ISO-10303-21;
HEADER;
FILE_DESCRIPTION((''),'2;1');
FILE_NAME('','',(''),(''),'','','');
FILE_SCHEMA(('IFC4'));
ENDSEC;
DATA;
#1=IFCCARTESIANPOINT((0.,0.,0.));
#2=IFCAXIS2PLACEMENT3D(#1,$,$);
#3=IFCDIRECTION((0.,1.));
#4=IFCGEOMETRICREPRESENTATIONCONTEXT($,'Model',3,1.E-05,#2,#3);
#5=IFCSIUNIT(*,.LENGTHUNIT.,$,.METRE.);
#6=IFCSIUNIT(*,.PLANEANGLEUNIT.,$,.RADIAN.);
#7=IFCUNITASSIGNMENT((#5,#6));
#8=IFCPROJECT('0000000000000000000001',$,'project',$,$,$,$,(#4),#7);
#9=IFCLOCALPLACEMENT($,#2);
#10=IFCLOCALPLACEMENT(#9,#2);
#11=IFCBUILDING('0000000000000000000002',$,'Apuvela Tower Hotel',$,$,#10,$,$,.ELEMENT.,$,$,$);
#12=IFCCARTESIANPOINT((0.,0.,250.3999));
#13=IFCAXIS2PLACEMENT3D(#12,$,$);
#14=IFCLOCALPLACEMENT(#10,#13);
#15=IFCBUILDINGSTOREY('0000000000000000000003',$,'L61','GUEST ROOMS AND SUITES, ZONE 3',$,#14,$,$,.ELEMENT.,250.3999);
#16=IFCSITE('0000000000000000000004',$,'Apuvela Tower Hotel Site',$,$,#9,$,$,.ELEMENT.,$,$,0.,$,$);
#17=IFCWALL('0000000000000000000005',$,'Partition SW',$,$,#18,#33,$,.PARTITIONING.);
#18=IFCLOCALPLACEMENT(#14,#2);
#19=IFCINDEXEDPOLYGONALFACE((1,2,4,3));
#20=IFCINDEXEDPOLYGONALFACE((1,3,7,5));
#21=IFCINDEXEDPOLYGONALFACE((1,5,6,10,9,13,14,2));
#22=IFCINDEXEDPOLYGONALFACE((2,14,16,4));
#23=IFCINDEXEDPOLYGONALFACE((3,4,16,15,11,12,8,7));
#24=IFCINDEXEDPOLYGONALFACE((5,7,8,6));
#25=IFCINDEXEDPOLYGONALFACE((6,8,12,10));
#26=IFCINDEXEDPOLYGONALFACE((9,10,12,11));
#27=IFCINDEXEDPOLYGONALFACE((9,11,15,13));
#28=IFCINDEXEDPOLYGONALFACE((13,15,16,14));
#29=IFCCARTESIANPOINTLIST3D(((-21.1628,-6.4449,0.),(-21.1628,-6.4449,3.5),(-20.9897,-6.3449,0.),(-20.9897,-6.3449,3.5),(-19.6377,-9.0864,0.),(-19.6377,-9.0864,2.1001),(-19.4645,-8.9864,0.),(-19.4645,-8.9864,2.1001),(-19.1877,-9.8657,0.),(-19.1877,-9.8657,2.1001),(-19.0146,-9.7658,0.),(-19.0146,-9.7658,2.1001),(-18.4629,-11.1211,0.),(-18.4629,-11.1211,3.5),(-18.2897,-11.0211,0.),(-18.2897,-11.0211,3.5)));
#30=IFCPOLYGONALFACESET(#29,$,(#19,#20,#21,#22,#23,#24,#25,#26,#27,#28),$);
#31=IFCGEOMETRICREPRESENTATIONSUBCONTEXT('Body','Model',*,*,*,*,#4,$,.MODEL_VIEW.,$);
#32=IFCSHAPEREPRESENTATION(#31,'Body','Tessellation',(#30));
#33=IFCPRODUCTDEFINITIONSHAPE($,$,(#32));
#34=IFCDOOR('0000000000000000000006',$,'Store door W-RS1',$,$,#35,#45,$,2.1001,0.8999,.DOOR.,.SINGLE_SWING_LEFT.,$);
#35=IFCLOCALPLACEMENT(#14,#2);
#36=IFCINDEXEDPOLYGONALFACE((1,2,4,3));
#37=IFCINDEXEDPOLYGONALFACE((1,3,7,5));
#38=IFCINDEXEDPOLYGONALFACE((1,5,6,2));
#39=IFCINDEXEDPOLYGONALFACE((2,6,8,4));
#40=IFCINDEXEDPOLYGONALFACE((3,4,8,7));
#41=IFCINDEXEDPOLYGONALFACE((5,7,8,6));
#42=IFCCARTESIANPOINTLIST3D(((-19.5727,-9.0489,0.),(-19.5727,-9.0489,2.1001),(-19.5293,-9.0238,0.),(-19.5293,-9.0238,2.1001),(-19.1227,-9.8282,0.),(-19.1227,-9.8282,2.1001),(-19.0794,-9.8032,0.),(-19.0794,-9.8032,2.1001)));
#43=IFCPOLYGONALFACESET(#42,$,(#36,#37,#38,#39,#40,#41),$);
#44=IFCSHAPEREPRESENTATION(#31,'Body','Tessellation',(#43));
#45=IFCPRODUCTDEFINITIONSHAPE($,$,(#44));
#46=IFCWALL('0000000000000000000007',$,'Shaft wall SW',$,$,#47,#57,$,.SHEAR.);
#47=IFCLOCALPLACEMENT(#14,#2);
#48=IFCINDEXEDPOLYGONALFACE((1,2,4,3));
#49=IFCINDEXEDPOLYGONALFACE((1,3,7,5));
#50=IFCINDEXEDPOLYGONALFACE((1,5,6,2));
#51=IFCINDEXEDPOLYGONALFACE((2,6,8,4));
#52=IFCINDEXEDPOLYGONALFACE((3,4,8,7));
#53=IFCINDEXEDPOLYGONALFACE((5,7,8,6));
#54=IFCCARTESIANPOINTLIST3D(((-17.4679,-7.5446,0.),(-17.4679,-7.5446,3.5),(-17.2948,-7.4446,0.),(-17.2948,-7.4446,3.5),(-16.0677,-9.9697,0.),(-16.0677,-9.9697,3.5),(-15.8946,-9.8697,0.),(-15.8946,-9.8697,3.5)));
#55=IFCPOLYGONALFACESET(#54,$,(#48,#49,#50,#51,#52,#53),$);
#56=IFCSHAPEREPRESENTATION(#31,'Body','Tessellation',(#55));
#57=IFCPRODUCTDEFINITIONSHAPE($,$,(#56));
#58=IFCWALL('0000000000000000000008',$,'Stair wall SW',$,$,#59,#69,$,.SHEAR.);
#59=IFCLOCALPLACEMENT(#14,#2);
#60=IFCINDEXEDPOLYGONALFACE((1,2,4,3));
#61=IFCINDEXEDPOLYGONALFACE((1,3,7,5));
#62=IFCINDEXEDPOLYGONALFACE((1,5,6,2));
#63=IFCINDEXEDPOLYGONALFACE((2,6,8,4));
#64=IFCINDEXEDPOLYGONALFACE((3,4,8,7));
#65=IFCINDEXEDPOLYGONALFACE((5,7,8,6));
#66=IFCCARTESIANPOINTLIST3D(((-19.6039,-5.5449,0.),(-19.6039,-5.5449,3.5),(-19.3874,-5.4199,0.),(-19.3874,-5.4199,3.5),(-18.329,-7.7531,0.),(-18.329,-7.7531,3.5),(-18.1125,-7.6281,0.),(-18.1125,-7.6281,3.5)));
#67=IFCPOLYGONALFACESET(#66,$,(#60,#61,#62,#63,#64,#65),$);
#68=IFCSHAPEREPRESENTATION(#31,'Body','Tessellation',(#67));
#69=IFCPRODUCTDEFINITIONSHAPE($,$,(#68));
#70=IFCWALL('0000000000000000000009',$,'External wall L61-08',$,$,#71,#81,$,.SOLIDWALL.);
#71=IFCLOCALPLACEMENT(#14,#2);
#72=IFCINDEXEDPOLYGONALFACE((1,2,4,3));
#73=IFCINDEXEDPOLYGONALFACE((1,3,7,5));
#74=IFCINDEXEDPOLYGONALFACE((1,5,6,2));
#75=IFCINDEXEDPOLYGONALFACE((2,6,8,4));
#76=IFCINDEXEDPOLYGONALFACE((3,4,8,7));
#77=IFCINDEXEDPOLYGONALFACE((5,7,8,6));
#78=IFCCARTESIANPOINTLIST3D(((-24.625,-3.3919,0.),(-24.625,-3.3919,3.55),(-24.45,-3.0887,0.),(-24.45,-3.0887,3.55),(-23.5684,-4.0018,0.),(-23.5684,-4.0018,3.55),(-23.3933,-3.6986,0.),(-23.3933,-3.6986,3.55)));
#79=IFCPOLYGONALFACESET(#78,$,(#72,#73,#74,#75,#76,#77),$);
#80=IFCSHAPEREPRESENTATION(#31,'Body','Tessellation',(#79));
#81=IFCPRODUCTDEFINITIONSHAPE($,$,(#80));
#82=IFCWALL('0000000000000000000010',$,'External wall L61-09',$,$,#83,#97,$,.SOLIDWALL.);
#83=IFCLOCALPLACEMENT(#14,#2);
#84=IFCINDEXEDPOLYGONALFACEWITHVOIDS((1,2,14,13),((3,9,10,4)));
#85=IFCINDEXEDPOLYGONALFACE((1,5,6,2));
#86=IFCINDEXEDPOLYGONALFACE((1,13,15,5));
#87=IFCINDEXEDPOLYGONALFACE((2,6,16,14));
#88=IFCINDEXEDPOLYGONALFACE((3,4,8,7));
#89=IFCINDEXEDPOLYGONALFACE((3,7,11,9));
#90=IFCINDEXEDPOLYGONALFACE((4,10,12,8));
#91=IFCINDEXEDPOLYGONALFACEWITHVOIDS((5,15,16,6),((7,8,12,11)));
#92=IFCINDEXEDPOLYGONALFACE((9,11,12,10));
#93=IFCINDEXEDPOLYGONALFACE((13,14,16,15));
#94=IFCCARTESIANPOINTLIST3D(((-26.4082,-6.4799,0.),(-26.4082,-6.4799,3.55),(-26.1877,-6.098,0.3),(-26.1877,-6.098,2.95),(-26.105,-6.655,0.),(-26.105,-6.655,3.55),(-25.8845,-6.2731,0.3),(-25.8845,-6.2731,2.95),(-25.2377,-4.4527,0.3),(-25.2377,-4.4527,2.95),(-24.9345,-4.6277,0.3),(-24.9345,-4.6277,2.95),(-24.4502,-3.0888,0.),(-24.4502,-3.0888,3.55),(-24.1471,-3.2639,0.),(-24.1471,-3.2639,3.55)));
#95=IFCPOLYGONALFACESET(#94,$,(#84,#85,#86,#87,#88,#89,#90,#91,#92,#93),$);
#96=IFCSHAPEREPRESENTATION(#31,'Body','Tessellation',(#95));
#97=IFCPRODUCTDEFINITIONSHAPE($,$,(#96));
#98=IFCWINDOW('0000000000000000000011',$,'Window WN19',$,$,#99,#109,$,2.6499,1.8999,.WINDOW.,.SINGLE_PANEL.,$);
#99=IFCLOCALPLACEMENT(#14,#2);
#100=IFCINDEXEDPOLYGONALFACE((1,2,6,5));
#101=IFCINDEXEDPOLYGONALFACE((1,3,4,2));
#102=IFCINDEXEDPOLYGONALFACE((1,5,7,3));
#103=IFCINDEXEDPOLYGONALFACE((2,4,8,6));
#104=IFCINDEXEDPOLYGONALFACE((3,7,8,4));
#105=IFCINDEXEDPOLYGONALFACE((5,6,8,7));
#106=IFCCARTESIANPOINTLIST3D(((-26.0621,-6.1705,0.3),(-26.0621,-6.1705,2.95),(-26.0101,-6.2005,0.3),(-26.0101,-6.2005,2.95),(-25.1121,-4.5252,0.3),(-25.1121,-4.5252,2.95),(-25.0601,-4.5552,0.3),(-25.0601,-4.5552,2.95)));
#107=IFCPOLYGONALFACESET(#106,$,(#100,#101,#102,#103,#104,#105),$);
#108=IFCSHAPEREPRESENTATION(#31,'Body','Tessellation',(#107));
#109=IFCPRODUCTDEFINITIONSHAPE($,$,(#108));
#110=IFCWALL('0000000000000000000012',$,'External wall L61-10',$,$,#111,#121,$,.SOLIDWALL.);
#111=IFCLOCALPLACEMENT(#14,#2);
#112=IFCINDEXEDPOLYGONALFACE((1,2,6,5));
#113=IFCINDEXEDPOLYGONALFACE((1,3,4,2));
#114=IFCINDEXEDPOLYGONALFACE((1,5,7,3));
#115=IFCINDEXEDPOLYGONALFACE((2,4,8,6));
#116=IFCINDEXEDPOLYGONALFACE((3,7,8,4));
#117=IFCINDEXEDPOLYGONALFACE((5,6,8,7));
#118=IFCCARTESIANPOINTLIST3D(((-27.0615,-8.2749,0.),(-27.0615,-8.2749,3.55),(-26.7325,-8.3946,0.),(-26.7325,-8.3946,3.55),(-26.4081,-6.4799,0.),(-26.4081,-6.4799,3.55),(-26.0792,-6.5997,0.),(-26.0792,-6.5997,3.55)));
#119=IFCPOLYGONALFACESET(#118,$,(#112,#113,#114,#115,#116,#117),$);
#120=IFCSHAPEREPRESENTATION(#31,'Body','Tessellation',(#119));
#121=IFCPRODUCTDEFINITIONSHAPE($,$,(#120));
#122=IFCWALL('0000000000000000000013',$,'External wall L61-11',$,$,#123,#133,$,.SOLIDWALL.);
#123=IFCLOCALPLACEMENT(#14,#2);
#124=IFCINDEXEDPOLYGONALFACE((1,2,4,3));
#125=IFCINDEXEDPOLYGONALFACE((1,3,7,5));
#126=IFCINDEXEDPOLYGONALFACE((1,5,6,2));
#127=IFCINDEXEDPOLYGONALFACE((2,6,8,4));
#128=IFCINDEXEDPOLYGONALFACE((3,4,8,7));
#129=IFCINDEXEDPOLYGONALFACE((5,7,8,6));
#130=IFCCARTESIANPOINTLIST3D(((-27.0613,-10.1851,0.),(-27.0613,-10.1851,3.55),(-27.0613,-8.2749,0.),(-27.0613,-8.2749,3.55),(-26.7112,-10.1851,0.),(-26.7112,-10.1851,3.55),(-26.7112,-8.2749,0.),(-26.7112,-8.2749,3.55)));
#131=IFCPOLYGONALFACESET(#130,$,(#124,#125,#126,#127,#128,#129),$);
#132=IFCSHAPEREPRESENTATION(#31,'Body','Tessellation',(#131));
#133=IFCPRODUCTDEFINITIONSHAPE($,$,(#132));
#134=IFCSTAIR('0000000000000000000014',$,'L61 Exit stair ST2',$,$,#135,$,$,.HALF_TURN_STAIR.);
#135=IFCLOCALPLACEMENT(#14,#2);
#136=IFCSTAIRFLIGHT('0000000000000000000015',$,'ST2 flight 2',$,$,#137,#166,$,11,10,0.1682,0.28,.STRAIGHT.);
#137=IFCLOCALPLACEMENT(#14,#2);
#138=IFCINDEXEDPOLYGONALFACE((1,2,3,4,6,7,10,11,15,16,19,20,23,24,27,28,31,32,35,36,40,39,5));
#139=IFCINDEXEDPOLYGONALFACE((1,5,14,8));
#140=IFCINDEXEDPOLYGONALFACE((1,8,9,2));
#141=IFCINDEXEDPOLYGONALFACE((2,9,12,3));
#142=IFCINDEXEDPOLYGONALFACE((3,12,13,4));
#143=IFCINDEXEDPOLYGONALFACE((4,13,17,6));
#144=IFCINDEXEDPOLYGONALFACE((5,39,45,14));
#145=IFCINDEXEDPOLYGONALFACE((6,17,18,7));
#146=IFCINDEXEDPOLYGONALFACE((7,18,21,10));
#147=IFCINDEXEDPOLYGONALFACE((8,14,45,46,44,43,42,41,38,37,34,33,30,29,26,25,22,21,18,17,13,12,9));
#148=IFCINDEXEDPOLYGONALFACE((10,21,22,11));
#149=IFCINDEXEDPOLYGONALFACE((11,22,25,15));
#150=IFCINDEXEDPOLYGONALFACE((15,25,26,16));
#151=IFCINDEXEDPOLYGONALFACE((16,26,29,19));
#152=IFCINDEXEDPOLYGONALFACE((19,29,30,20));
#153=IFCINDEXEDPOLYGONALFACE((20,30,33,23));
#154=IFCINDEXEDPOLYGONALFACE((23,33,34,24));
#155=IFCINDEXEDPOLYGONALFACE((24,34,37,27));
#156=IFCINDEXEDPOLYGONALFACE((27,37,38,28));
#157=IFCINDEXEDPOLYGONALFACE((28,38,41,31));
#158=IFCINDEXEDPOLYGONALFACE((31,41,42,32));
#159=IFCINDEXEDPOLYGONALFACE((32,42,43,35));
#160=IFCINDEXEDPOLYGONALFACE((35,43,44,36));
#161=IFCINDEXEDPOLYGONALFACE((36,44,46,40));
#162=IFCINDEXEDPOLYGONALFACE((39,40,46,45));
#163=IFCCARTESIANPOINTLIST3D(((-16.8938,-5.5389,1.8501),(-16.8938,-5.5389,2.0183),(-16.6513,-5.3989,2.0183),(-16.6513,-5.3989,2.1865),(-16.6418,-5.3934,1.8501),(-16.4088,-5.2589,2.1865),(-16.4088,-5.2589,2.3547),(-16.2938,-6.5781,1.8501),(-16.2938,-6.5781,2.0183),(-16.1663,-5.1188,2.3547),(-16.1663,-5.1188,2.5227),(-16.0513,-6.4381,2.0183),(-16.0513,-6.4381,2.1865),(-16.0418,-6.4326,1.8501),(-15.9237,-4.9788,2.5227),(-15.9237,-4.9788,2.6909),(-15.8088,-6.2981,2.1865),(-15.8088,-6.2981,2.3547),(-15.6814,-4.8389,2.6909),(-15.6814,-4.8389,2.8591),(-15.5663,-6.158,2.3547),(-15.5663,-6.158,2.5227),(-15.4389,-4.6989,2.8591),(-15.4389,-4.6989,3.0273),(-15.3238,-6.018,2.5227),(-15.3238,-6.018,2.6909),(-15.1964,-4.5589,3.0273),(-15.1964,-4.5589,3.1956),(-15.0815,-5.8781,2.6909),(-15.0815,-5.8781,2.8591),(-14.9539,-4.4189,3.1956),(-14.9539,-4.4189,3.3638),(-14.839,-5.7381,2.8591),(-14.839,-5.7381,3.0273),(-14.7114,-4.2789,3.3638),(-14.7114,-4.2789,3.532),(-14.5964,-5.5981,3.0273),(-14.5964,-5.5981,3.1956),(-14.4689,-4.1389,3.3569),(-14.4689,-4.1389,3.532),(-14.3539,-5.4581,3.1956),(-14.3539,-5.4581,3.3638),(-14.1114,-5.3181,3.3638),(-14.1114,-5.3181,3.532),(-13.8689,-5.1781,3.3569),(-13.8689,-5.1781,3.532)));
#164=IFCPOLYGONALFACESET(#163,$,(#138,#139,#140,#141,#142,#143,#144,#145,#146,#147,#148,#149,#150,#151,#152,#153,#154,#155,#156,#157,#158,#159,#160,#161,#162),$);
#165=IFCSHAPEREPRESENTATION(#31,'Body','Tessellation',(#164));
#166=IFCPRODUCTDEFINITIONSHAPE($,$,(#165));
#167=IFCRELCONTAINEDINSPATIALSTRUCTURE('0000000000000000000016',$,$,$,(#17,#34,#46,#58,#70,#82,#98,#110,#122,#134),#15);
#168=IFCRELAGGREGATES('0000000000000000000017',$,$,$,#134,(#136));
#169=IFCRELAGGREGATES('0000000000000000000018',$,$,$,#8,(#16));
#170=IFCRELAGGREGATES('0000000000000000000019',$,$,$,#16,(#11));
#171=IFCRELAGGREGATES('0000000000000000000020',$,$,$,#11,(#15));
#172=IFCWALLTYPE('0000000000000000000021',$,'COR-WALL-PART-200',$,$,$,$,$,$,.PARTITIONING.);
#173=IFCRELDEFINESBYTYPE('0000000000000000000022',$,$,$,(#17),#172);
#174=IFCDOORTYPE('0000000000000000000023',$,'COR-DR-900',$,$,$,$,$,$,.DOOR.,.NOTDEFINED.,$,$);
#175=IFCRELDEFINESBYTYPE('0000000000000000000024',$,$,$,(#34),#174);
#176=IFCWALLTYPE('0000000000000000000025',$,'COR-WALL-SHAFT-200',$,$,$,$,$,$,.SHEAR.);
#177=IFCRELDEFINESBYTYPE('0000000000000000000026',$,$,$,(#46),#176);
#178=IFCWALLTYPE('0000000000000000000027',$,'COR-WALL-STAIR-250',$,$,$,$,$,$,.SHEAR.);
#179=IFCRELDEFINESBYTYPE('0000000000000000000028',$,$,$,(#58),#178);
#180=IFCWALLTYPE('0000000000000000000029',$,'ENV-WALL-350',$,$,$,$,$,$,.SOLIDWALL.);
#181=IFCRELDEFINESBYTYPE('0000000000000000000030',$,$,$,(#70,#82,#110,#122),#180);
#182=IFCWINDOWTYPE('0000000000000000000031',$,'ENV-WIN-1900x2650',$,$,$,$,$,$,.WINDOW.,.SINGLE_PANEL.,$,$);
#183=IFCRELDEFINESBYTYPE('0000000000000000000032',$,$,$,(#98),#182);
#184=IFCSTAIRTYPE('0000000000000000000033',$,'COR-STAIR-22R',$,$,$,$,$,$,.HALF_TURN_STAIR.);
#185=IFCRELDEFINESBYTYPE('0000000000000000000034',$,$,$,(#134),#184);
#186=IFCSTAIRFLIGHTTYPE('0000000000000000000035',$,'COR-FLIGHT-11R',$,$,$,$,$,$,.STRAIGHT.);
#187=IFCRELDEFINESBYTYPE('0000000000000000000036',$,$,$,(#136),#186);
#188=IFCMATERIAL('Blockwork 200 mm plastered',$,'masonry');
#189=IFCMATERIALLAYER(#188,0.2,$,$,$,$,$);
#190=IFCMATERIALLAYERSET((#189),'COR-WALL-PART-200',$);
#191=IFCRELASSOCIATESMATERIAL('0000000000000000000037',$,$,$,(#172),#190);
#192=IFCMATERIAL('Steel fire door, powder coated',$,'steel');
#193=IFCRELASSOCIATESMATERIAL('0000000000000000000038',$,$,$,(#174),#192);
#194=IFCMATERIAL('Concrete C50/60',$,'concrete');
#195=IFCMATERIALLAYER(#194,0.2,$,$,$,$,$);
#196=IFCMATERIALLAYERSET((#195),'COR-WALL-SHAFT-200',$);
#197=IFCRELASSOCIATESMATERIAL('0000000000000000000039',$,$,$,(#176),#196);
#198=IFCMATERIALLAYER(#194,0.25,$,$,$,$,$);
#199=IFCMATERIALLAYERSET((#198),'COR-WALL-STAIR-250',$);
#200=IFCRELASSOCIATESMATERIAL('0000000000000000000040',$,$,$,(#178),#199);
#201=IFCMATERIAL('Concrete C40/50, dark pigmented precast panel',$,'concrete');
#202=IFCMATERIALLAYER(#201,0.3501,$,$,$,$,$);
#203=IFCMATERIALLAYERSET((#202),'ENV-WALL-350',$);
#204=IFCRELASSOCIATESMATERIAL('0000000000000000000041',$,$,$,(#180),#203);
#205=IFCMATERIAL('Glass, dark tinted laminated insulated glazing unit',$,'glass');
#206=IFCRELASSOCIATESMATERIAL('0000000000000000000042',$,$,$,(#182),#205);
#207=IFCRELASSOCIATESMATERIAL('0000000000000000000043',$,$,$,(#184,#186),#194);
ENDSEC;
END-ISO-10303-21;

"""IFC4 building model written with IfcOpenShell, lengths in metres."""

from ifc_helpers import new_model, si_unit, direction, frame, frame_2d, origin, place, context, subcontext, project, spatial, polyline, rectangle, outline, extrude, material, layer, layer_set, type_object, element, fill, aggregate, save


model = new_model("IFC4")

# Units and contexts
model_context = context("Model", 3, precision=1e-05, world=origin(), true_north=direction((0.0, 1.0)))
body_context = subcontext(model_context, "Body", "Model", "MODEL_VIEW")
ifc_project = project(units=[si_unit("LENGTHUNIT", "METRE"), si_unit("PLANEANGLEUNIT", "RADIAN")], contexts=[model_context])

# Site, building, storey
site_placement = place(None, origin())
site = spatial("IfcSite", under=ifc_project, at=site_placement, Name="Apuvela Tower Hotel Site", CompositionType="ELEMENT", RefElevation=0.0)
building_placement = place(site_placement, origin())
building = spatial("IfcBuilding", under=site, at=building_placement, Name="Apuvela Tower Hotel", CompositionType="ELEMENT")
storey_placement = place(building_placement, frame((0.0, 0.0, 250.3999)))
storey = spatial("IfcBuildingStorey", under=building, at=storey_placement, Name="L61", Description="GUEST ROOMS AND SUITES, ZONE 3", CompositionType="ELEMENT", Elevation=250.3999)

# Wall, opening, door
ifc_material_1 = material(Name="Blockwork 200 mm plastered", Category="masonry")
ifc_layer_1 = layer(ifc_material_1, 0.2)
ifc_layer_set_1 = layer_set([ifc_layer_1], Name="COR-WALL-PART-200")
wall_type_1 = type_object("IfcWallType", Name="COR-WALL-PART-200", PredefinedType="PARTITIONING", material=ifc_layer_set_1)
wall_1_placement = place(storey_placement, frame((-21.0762, -6.395, 0.0), z_axis=(0.0, 0.0, 1.0), x_axis=(0.500015, -0.866017, 0.0)))
wall_1 = element("IfcWall", 1, at=wall_1_placement, inside=storey, type_object=wall_type_1, Name="Partition SW", PredefinedType="PARTITIONING", context=body_context, shape_type="SweptSolid", body=[
    extrude(rectangle(XDim=5.3997, YDim=0.2, at=frame_2d((2.6997, 0.0))), origin(), (0.0, 0.0, 1.0), 3.5),
])
opening_1_placement = place(wall_1_placement, frame((3.05, 0.0, 0.0)))
opening_1 = element("IfcOpeningElement", 2, at=opening_1_placement, cuts=wall_1, PredefinedType="OPENING", context=body_context, shape_type="SweptSolid", body=[
    extrude(rectangle(XDim=0.8999, YDim=2.1001, at=frame_2d((0.45, 1.05))), frame((0.0, 0.1099, 0.0), z_axis=(0.0, -1.0, 0.0), x_axis=(1.0, 0.0, 0.0)), (0.0, 0.0, 1.0), 0.22),
])
ifc_material_2 = material(Name="Steel fire door, powder coated", Category="steel")
door_type_1 = type_object("IfcDoorType", Name="COR-DR-900", OperationType="NOTDEFINED", PredefinedType="DOOR", material=ifc_material_2)
door_1_placement = place(opening_1_placement, frame((0.8999, 0.0, 0.0), z_axis=(0.0, 0.0, 1.0), x_axis=(-1.0, 0.0, 0.0)))
door_1 = element("IfcDoor", 3, at=door_1_placement, inside=storey, type_object=door_type_1, Name="Store door W-RS1", OperationType="SINGLE_SWING_LEFT", OverallHeight=2.1001, OverallWidth=0.8999, PredefinedType="DOOR", context=body_context, shape_type="SweptSolid", body=[
    extrude(rectangle(XDim=0.8999, YDim=2.1001, at=frame_2d((0.45, 1.05))), frame((0.0, 0.0249, 0.0), z_axis=(0.0, -1.0, 0.0), x_axis=(1.0, 0.0, 0.0)), (0.0, 0.0, 1.0), 0.05),
])
fill(opening_1, door_1)

# Walls
ifc_material_3 = material(Name="Concrete C50/60", Category="concrete")
ifc_layer_2 = layer(ifc_material_3, 0.2)
ifc_layer_set_2 = layer_set([ifc_layer_2], Name="COR-WALL-SHAFT-200")
wall_type_2 = type_object("IfcWallType", Name="COR-WALL-SHAFT-200", PredefinedType="SHEAR", material=ifc_layer_set_2)
wall_2_placement = place(storey_placement, frame((-17.3813, -7.4946, 0.0), z_axis=(0.0, 0.0, 1.0), x_axis=(0.500012, -0.866019, 0.0)))
element("IfcWall", 4, at=wall_2_placement, inside=storey, type_object=wall_type_2, Name="Shaft wall SW", PredefinedType="SHEAR", context=body_context, shape_type="SweptSolid", body=[
    extrude(rectangle(XDim=2.8003, YDim=0.2, at=frame_2d((1.4001, 0.0))), origin(), (0.0, 0.0, 1.0), 3.5),
])
ifc_layer_3 = layer(ifc_material_3, 0.25)
ifc_layer_set_3 = layer_set([ifc_layer_3], Name="COR-WALL-STAIR-250")
wall_type_3 = type_object("IfcWallType", Name="COR-WALL-STAIR-250", PredefinedType="SHEAR", material=ifc_layer_set_3)
wall_3_placement = place(storey_placement, frame((-19.4956, -5.4824, 0.0), z_axis=(0.0, 0.0, 1.0), x_axis=(0.49999, -0.866031, 0.0)))
element("IfcWall", 5, at=wall_3_placement, inside=storey, type_object=wall_type_3, Name="Stair wall SW", PredefinedType="SHEAR", context=body_context, shape_type="SweptSolid", body=[
    extrude(rectangle(XDim=2.5498, YDim=0.25, at=frame_2d((1.2749, 0.0))), origin(), (0.0, 0.0, 1.0), 3.5),
])
ifc_material_4 = material(Name="Concrete C40/50, dark pigmented precast panel", Category="concrete")
ifc_layer_4 = layer(ifc_material_4, 0.3501)
ifc_layer_set_4 = layer_set([ifc_layer_4], Name="ENV-WALL-350")
wall_type_4 = type_object("IfcWallType", Name="ENV-WALL-350", PredefinedType="SOLIDWALL", material=ifc_layer_set_4)
wall_4_placement = place(storey_placement, frame((-23.481, -3.8501, 0.0), z_axis=(0.0, 0.0, 1.0), x_axis=(-0.866092, 0.499884, 0.0)))
element("IfcWall", 6, at=wall_4_placement, inside=storey, type_object=wall_type_4, Name="External wall L61-08", PredefinedType="SOLIDWALL", context=body_context, shape_type="SweptSolid", body=[
    extrude(rectangle(XDim=1.22, YDim=0.3501, at=frame_2d((0.6099, 0.0))), origin(), (0.0, 0.0, 1.0), 3.55),
])

# Wall, opening, window
wall_5_placement = place(storey_placement, frame((-24.2986, -3.1763, 0.0), z_axis=(0.0, 0.0, 1.0), x_axis=(-0.500028, -0.866009, 0.0)))
wall_5 = element("IfcWall", 7, at=wall_5_placement, inside=storey, type_object=wall_type_4, Name="External wall L61-09", PredefinedType="SOLIDWALL", context=body_context, shape_type="SweptSolid", body=[
    extrude(rectangle(XDim=3.9158, YDim=0.3501, at=frame_2d((1.958, 0.0))), origin(), (0.0, 0.0, 1.0), 3.55),
])
opening_2_placement = place(wall_5_placement, frame((1.575, 0.0, 0.3)))
opening_2 = element("IfcOpeningElement", 8, at=opening_2_placement, cuts=wall_5, PredefinedType="OPENING", context=body_context, shape_type="SweptSolid", body=[
    extrude(rectangle(XDim=1.8999, YDim=2.6499, at=frame_2d((0.95, 1.325))), frame((0.0, 0.1851, 0.0), z_axis=(0.0, -1.0, 0.0), x_axis=(1.0, 0.0, 0.0)), (0.0, 0.0, 1.0), 0.3701),
])
ifc_material_5 = material(Name="Glass, dark tinted laminated insulated glazing unit", Category="glass")
window_type = type_object("IfcWindowType", Name="ENV-WIN-1900x2650", PartitioningType="SINGLE_PANEL", PredefinedType="WINDOW", material=ifc_material_5)
window_placement = place(opening_2_placement, origin())
window = element("IfcWindow", 9, at=window_placement, inside=storey, type_object=window_type, Name="Window WN19", OverallHeight=2.6499, OverallWidth=1.8999, PartitioningType="SINGLE_PANEL", PredefinedType="WINDOW", context=body_context, shape_type="SweptSolid", body=[
    extrude(rectangle(XDim=1.8999, YDim=2.6499, at=frame_2d((0.95, 1.325))), frame((0.0, 0.03, 0.0), z_axis=(0.0, -1.0, 0.0), x_axis=(1.0, 0.0, 0.0)), (0.0, 0.0, 1.0), 0.0601),
])
fill(opening_2, window)

# Walls
for number, where, z_axis, x_axis, name in (
    (10, (-26.2437, -6.5398, 0.0), (0.0, 0.0, 1.0), (-0.34203, -0.939689, 0.0), "External wall L61-10"),
    (11, (-26.8862, -8.2749, 0.0), (0.0, 0.0, 1.0), (0.0, -1.0, 0.0), "External wall L61-11"),
):
    element("IfcWall", number, at=place(storey_placement, frame(where, z_axis=z_axis, x_axis=x_axis)), inside=storey, type_object=wall_type_4, Name=name, PredefinedType="SOLIDWALL", context=body_context, shape_type="SweptSolid", body=[
        extrude(rectangle(XDim=1.9102, YDim=0.3501, at=frame_2d((0.9551, 0.0))), origin(), (0.0, 0.0, 1.0), 3.55),
    ])

# Stair, stair flight
stair_type = type_object("IfcStairType", Name="COR-STAIR-22R", PredefinedType="HALF_TURN_STAIR", material=ifc_material_3)
stair_placement = place(storey_placement, origin())
stair = element("IfcStair", 12, at=stair_placement, inside=storey, type_object=stair_type, Name="L61 Exit stair ST2", PredefinedType="HALF_TURN_STAIR")
stair_flight_type = type_object("IfcStairFlightType", Name="COR-FLIGHT-11R", PredefinedType="STRAIGHT", material=ifc_material_3)
stair_flight_placement = place(storey_placement, frame((-16.5938, -6.0586, 1.8501), z_axis=(0.0, 0.0, 1.0), x_axis=(0.866025, 0.5, 0.0)))
stair_flight = element("IfcStairFlight", 13, at=stair_flight_placement, type_object=stair_flight_type, Name="ST2 flight 2", NumberOfRisers=11, NumberOfTreads=10, PredefinedType="STRAIGHT", RiserHeight=0.1682, TreadLength=0.28, context=body_context, shape_type="SweptSolid", body=[
    extrude(outline(polyline([(0.0, 0.0), (0.0, 0.1682), (0.28, 0.1682), (0.28, 0.3364), (0.5601, 0.3364), (0.5601, 0.5046), (0.8401, 0.5046), (0.8401, 0.6726), (1.1201, 0.6726), (1.1201, 0.8408), (1.3999, 0.8408), (1.3999, 1.009), (1.6799, 1.009), (1.6799, 1.1772), (1.96, 1.1772), (1.96, 1.3455), (2.24, 1.3455), (2.24, 1.5137), (2.52, 1.5137), (2.52, 1.6819), (2.8, 1.6819), (2.8, 1.8501), (2.8, 1.5068), (0.291, 0.0), (0.0, 0.0)])), frame((0.0, 0.6001, 0.0), z_axis=(0.0, -1.0, 0.0), x_axis=(1.0, 0.0, 0.0)), (0.0, 0.0, 1.0), 1.2),
])
aggregate(stair, [stair_flight])

save(model, "model.ifc")
